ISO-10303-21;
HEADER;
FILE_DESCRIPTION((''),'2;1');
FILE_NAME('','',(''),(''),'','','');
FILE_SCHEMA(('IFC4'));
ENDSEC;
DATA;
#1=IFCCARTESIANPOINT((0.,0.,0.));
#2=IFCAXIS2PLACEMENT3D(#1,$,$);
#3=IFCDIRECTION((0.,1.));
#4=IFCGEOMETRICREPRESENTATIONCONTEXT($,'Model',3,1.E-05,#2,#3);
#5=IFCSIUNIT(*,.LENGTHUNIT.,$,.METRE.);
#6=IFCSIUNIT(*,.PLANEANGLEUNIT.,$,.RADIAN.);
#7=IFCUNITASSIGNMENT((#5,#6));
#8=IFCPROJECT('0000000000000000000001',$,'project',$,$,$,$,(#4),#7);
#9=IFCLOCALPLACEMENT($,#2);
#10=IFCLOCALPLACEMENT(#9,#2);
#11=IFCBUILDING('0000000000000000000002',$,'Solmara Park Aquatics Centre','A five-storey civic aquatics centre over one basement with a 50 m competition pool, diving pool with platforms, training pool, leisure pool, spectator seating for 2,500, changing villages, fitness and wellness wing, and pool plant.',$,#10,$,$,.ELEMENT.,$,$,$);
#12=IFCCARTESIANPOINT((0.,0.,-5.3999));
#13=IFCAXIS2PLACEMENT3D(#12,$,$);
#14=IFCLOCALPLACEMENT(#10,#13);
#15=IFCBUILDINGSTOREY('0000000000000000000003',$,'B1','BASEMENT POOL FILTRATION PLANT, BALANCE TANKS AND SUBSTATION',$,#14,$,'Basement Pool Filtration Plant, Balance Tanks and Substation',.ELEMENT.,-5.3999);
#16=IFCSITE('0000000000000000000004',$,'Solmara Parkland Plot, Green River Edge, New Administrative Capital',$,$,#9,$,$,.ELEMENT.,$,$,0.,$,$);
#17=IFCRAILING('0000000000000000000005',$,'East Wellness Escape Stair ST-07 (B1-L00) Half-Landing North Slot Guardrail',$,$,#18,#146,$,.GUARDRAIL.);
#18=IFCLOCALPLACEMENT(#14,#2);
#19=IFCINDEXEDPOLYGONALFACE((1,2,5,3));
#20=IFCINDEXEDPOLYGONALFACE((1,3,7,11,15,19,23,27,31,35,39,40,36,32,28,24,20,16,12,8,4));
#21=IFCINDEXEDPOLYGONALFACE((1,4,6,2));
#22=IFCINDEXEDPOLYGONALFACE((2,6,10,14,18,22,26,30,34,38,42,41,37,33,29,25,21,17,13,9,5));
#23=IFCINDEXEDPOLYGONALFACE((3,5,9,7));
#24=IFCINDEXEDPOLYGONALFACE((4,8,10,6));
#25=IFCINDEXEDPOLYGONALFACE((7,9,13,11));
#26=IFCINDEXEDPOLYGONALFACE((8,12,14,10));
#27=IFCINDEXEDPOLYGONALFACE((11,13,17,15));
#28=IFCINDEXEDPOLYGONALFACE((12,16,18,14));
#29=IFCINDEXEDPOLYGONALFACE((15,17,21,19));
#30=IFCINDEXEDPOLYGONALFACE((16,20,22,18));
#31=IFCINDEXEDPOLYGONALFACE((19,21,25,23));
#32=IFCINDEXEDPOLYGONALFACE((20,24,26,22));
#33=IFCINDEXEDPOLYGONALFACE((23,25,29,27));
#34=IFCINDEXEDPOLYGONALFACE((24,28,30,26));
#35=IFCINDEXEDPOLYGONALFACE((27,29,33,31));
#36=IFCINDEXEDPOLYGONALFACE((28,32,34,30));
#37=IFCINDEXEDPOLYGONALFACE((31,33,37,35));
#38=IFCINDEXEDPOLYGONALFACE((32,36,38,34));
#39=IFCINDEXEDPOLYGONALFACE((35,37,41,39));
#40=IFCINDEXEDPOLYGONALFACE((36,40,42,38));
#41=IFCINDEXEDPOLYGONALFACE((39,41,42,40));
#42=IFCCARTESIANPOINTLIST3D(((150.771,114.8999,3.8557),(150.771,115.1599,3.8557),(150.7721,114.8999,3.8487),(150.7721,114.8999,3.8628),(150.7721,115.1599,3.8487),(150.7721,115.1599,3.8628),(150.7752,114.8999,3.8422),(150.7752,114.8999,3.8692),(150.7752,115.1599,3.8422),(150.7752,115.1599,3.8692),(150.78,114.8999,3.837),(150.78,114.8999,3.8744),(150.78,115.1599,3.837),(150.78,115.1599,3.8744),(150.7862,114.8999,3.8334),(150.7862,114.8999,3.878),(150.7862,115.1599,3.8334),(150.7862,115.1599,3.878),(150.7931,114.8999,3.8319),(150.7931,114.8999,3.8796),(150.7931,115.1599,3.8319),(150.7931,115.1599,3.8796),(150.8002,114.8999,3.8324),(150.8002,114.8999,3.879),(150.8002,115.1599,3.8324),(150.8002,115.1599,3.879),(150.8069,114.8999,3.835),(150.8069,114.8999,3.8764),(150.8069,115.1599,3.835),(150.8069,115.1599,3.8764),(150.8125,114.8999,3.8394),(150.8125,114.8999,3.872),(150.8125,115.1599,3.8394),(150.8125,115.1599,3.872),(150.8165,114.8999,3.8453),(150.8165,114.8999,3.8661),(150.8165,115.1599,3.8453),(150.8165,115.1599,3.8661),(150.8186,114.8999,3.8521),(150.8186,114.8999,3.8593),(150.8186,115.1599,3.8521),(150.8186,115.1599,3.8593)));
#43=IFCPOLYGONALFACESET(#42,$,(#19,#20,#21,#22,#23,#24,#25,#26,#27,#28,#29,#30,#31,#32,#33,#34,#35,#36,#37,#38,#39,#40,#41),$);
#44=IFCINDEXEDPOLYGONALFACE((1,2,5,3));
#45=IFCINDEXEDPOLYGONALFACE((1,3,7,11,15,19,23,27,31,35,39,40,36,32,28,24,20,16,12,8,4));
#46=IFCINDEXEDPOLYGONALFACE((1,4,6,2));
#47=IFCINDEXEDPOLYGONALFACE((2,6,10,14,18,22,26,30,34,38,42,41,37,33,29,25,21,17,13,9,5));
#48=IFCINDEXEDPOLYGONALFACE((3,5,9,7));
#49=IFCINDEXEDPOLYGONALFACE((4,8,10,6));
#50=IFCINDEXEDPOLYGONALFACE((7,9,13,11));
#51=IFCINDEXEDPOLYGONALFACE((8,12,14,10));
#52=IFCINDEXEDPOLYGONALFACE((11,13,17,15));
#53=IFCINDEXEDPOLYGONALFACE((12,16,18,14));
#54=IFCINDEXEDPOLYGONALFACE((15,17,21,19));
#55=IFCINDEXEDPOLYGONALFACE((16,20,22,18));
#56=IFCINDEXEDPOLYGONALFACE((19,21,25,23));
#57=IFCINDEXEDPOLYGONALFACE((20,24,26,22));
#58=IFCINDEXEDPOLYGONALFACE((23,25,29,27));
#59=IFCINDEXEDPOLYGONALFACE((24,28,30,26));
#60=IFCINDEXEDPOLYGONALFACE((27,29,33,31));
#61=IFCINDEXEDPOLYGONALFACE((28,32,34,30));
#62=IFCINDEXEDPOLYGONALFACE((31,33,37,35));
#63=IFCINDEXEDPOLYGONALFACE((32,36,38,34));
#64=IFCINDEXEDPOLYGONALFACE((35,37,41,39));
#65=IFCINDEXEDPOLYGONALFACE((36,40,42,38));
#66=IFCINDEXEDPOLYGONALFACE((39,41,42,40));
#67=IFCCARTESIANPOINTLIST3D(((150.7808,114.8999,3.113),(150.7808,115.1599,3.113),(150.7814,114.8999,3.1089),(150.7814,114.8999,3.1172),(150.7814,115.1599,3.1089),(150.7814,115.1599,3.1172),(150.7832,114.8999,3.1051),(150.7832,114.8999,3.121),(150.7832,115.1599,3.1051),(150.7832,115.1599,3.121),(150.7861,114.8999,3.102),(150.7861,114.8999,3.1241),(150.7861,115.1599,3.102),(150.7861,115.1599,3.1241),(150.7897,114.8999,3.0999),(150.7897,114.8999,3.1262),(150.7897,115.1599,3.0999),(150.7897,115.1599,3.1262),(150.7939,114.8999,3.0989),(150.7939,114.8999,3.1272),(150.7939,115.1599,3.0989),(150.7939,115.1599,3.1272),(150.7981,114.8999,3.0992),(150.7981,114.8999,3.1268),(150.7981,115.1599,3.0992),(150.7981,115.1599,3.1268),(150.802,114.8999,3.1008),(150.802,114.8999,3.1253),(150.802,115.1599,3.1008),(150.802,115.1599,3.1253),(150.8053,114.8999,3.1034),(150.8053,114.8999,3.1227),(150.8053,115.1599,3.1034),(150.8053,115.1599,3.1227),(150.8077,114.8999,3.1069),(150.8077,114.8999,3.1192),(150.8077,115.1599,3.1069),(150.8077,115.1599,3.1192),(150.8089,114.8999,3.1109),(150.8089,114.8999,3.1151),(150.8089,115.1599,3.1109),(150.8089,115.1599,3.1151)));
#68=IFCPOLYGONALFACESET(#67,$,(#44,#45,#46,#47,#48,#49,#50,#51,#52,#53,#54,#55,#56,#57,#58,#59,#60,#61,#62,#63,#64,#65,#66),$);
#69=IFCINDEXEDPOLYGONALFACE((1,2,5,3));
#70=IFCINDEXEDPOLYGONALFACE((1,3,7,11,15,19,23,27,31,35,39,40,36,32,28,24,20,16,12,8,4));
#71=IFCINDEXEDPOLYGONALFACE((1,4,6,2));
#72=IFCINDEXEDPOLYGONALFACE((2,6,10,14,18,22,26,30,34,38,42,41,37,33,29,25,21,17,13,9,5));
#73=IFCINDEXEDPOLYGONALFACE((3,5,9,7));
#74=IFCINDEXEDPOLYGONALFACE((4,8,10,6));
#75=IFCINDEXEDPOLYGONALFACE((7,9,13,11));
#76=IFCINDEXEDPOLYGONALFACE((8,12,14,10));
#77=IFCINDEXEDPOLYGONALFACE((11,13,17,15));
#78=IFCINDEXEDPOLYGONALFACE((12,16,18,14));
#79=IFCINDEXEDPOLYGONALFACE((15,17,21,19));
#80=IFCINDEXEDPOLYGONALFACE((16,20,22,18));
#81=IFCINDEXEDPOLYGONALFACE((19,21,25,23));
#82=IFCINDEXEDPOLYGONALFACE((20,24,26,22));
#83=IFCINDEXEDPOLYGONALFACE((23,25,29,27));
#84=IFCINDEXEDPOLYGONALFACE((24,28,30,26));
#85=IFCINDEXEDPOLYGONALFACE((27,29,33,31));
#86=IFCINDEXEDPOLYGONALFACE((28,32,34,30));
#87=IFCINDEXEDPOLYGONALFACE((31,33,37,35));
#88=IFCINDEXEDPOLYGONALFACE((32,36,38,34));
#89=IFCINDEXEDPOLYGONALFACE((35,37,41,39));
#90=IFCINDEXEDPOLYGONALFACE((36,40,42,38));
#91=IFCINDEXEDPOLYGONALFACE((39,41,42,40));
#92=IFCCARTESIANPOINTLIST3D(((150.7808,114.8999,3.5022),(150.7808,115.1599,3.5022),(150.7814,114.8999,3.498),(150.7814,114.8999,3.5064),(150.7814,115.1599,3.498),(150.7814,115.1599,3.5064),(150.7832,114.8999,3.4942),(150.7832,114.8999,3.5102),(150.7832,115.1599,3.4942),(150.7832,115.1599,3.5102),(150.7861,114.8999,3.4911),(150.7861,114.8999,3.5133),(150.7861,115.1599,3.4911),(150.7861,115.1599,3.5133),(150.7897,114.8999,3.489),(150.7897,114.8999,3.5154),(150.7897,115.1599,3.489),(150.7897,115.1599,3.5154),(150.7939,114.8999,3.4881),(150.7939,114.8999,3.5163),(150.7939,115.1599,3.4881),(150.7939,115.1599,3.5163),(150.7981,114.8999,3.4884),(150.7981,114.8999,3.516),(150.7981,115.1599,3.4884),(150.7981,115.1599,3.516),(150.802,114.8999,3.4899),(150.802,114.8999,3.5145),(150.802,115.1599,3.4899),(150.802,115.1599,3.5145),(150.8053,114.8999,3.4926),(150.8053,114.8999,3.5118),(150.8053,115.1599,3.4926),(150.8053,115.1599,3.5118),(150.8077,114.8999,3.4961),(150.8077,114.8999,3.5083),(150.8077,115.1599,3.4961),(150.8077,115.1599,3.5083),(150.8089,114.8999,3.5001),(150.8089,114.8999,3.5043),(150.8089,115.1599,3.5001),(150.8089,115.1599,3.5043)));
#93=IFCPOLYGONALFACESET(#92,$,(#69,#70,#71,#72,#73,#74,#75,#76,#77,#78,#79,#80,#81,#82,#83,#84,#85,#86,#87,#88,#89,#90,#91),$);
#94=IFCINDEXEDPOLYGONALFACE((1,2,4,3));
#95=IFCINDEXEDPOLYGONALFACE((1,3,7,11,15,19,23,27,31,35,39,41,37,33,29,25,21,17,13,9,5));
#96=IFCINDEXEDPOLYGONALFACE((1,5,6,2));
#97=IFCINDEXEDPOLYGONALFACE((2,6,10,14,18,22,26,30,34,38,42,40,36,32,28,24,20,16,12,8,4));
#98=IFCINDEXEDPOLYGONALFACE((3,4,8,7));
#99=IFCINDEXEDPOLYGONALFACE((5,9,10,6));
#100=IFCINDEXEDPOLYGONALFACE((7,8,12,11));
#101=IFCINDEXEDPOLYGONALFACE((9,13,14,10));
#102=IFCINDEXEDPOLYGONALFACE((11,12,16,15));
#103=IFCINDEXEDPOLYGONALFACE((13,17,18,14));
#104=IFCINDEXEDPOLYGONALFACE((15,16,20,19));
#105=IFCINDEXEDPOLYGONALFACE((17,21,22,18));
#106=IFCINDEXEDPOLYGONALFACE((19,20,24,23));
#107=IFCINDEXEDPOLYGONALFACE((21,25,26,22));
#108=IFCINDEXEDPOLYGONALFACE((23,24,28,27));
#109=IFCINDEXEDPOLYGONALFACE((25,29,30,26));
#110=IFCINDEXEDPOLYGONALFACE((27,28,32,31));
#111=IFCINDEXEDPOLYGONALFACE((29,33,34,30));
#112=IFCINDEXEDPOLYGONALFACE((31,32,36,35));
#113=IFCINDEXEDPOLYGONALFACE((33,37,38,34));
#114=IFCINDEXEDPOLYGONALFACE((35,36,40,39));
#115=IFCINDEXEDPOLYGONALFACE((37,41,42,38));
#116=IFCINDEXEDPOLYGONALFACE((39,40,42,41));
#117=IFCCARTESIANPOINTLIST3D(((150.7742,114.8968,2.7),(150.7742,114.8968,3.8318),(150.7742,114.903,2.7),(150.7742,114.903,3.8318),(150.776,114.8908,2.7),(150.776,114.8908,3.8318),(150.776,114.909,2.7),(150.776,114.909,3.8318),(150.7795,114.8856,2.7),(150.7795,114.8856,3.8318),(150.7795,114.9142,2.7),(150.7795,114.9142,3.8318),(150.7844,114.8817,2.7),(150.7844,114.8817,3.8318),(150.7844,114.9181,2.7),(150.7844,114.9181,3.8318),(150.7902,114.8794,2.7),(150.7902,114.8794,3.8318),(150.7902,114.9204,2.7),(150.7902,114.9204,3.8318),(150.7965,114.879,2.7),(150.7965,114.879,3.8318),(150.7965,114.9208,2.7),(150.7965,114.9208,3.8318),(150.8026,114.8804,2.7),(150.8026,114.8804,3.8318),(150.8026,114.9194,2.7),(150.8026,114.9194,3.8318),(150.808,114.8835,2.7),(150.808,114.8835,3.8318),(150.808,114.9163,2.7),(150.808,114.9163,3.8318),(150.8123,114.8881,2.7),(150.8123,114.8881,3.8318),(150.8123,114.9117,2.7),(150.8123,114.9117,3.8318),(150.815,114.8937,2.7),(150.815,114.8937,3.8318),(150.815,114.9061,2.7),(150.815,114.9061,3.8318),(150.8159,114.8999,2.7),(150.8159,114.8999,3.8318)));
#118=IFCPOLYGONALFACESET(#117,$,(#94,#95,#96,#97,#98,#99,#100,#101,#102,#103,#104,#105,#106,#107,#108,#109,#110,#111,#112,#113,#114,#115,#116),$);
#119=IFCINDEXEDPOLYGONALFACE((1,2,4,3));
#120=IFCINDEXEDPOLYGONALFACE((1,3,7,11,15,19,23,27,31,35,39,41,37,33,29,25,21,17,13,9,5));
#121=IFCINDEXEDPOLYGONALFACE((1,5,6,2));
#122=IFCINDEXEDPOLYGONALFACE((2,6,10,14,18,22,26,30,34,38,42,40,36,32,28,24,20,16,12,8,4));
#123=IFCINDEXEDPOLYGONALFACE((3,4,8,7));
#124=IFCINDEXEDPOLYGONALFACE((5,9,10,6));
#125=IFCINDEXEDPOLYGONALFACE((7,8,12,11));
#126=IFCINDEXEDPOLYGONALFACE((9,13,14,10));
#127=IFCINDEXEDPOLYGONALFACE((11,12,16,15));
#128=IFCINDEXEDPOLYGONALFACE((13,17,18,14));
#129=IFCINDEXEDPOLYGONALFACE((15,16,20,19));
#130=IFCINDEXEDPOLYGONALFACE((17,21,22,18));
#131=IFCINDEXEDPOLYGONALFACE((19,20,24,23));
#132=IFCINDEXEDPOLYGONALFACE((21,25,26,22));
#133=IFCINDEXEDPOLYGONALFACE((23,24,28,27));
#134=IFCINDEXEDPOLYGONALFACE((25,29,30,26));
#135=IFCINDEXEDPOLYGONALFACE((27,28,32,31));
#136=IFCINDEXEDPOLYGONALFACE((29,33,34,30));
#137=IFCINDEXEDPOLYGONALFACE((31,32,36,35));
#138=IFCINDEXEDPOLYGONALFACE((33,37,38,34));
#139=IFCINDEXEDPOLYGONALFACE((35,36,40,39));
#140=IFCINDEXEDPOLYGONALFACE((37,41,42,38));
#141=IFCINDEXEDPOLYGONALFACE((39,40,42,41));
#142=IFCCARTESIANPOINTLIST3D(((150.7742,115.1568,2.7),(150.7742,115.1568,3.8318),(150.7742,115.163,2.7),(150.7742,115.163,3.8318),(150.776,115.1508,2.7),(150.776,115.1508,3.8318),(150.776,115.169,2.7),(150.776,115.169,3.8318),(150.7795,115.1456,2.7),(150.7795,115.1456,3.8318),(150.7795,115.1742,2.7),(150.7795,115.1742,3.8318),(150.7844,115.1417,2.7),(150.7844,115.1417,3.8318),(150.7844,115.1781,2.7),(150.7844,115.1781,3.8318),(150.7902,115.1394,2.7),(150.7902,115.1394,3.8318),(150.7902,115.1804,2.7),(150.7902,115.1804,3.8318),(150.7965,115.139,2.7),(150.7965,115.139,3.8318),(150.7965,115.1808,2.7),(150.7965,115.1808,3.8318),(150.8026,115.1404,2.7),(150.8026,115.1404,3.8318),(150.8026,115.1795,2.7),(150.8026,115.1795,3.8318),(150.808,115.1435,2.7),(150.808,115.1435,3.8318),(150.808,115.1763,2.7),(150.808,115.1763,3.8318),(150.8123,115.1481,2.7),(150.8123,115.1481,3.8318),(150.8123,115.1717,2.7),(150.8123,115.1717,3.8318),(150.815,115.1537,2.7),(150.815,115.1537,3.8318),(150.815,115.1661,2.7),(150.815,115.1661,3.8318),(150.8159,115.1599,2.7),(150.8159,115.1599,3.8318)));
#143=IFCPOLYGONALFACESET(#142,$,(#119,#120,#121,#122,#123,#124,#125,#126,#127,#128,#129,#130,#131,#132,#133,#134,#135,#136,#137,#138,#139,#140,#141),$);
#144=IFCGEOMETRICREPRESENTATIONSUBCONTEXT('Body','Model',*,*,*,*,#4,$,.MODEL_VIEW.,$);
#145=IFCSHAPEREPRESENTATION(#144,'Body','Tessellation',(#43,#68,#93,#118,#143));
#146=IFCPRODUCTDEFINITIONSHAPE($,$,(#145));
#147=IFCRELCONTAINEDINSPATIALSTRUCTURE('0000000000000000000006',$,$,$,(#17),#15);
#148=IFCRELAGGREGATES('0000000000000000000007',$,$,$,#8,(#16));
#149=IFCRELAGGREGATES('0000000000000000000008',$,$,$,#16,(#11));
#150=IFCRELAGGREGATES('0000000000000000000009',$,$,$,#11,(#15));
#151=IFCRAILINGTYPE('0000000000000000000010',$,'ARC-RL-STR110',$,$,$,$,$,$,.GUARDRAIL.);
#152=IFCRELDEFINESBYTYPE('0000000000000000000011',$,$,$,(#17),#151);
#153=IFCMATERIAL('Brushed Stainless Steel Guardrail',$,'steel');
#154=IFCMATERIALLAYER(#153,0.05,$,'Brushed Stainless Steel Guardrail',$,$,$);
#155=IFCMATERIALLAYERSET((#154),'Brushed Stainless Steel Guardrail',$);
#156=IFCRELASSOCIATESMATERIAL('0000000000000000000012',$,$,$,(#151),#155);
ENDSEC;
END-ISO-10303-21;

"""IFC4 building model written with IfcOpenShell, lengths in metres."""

from ifc_helpers import new_model, si_unit, direction, frame, origin, origin_2d, place, context, subcontext, project, spatial, circle, extrude, material, layer, layer_set, type_object, element, save


model = new_model("IFC4")

# Units and contexts
model_context = context("Model", 3, precision=1e-05, world=origin(), true_north=direction((0.0, 1.0)))
body_context = subcontext(model_context, "Body", "Model", "MODEL_VIEW")
ifc_project = project(units=[si_unit("LENGTHUNIT", "METRE"), si_unit("PLANEANGLEUNIT", "RADIAN")], contexts=[model_context])

# Site, building, storey
site_placement = place(None, origin())
site = spatial("IfcSite", under=ifc_project, at=site_placement, Name="Solmara Parkland Plot, Green River Edge, New Administrative Capital", CompositionType="ELEMENT", RefElevation=0.0)
building_placement = place(site_placement, origin())
building = spatial("IfcBuilding", under=site, at=building_placement, Name="Solmara Park Aquatics Centre", Description="A five-storey civic aquatics centre over one basement with a 50 m competition pool, diving pool with platforms, training pool, leisure pool, spectator seating for 2,500, changing villages, fitness and wellness wing, and pool plant.", CompositionType="ELEMENT")
storey_placement = place(building_placement, frame((0.0, 0.0, -5.3999)))
storey = spatial("IfcBuildingStorey", under=building, at=storey_placement, Name="B1", Description="BASEMENT POOL FILTRATION PLANT, BALANCE TANKS AND SUBSTATION", LongName="Basement Pool Filtration Plant, Balance Tanks and Substation", CompositionType="ELEMENT", Elevation=-5.3999)

# Railing
ifc_material_1 = material(Name="Brushed Stainless Steel Guardrail", Category="steel")
ifc_layer_1 = layer(ifc_material_1, 0.05, Name="Brushed Stainless Steel Guardrail")
ifc_layer_set_1 = layer_set([ifc_layer_1], Name="Brushed Stainless Steel Guardrail")
railing_type_1 = type_object("IfcRailingType", Name="ARC-RL-STR110", PredefinedType="GUARDRAIL", material=ifc_layer_set_1)
railing_1_placement = place(storey_placement, frame((150.7949, 114.8999, 2.7)))
element("IfcRailing", 1, at=railing_1_placement, inside=storey, type_object=railing_type_1, Name="East Wellness Escape Stair ST-07 (B1-L00) Half-Landing North Slot Guardrail", PredefinedType="GUARDRAIL", context=body_context, shape_type="SweptSolid", body=[
    extrude(circle(Radius=0.0239, at=origin_2d()), frame((0.0, 0.0, 1.1558), z_axis=(0.0, 1.0, 0.0), x_axis=(-1.0, 0.0, 0.0)), (0.0, 0.0, 1.0), 0.26),
    extrude(circle(Radius=0.0142, at=origin_2d()), frame((0.0, 0.0, 0.4131), z_axis=(0.0, 1.0, 0.0), x_axis=(-1.0, 0.0, 0.0)), (0.0, 0.0, 1.0), 0.26),
    extrude(circle(Radius=0.0142, at=origin_2d()), frame((0.0, 0.0, 0.8022), z_axis=(0.0, 1.0, 0.0), x_axis=(-1.0, 0.0, 0.0)), (0.0, 0.0, 1.0), 0.26),
    extrude(circle(Radius=0.021, at=origin_2d()), origin(), (0.0, 0.0, 1.0), 1.1318),
    extrude(circle(Radius=0.021, at=origin_2d()), frame((0.0, 0.26, 0.0)), (0.0, 0.0, 1.0), 1.1318),
])

save(model, "model.ifc")
